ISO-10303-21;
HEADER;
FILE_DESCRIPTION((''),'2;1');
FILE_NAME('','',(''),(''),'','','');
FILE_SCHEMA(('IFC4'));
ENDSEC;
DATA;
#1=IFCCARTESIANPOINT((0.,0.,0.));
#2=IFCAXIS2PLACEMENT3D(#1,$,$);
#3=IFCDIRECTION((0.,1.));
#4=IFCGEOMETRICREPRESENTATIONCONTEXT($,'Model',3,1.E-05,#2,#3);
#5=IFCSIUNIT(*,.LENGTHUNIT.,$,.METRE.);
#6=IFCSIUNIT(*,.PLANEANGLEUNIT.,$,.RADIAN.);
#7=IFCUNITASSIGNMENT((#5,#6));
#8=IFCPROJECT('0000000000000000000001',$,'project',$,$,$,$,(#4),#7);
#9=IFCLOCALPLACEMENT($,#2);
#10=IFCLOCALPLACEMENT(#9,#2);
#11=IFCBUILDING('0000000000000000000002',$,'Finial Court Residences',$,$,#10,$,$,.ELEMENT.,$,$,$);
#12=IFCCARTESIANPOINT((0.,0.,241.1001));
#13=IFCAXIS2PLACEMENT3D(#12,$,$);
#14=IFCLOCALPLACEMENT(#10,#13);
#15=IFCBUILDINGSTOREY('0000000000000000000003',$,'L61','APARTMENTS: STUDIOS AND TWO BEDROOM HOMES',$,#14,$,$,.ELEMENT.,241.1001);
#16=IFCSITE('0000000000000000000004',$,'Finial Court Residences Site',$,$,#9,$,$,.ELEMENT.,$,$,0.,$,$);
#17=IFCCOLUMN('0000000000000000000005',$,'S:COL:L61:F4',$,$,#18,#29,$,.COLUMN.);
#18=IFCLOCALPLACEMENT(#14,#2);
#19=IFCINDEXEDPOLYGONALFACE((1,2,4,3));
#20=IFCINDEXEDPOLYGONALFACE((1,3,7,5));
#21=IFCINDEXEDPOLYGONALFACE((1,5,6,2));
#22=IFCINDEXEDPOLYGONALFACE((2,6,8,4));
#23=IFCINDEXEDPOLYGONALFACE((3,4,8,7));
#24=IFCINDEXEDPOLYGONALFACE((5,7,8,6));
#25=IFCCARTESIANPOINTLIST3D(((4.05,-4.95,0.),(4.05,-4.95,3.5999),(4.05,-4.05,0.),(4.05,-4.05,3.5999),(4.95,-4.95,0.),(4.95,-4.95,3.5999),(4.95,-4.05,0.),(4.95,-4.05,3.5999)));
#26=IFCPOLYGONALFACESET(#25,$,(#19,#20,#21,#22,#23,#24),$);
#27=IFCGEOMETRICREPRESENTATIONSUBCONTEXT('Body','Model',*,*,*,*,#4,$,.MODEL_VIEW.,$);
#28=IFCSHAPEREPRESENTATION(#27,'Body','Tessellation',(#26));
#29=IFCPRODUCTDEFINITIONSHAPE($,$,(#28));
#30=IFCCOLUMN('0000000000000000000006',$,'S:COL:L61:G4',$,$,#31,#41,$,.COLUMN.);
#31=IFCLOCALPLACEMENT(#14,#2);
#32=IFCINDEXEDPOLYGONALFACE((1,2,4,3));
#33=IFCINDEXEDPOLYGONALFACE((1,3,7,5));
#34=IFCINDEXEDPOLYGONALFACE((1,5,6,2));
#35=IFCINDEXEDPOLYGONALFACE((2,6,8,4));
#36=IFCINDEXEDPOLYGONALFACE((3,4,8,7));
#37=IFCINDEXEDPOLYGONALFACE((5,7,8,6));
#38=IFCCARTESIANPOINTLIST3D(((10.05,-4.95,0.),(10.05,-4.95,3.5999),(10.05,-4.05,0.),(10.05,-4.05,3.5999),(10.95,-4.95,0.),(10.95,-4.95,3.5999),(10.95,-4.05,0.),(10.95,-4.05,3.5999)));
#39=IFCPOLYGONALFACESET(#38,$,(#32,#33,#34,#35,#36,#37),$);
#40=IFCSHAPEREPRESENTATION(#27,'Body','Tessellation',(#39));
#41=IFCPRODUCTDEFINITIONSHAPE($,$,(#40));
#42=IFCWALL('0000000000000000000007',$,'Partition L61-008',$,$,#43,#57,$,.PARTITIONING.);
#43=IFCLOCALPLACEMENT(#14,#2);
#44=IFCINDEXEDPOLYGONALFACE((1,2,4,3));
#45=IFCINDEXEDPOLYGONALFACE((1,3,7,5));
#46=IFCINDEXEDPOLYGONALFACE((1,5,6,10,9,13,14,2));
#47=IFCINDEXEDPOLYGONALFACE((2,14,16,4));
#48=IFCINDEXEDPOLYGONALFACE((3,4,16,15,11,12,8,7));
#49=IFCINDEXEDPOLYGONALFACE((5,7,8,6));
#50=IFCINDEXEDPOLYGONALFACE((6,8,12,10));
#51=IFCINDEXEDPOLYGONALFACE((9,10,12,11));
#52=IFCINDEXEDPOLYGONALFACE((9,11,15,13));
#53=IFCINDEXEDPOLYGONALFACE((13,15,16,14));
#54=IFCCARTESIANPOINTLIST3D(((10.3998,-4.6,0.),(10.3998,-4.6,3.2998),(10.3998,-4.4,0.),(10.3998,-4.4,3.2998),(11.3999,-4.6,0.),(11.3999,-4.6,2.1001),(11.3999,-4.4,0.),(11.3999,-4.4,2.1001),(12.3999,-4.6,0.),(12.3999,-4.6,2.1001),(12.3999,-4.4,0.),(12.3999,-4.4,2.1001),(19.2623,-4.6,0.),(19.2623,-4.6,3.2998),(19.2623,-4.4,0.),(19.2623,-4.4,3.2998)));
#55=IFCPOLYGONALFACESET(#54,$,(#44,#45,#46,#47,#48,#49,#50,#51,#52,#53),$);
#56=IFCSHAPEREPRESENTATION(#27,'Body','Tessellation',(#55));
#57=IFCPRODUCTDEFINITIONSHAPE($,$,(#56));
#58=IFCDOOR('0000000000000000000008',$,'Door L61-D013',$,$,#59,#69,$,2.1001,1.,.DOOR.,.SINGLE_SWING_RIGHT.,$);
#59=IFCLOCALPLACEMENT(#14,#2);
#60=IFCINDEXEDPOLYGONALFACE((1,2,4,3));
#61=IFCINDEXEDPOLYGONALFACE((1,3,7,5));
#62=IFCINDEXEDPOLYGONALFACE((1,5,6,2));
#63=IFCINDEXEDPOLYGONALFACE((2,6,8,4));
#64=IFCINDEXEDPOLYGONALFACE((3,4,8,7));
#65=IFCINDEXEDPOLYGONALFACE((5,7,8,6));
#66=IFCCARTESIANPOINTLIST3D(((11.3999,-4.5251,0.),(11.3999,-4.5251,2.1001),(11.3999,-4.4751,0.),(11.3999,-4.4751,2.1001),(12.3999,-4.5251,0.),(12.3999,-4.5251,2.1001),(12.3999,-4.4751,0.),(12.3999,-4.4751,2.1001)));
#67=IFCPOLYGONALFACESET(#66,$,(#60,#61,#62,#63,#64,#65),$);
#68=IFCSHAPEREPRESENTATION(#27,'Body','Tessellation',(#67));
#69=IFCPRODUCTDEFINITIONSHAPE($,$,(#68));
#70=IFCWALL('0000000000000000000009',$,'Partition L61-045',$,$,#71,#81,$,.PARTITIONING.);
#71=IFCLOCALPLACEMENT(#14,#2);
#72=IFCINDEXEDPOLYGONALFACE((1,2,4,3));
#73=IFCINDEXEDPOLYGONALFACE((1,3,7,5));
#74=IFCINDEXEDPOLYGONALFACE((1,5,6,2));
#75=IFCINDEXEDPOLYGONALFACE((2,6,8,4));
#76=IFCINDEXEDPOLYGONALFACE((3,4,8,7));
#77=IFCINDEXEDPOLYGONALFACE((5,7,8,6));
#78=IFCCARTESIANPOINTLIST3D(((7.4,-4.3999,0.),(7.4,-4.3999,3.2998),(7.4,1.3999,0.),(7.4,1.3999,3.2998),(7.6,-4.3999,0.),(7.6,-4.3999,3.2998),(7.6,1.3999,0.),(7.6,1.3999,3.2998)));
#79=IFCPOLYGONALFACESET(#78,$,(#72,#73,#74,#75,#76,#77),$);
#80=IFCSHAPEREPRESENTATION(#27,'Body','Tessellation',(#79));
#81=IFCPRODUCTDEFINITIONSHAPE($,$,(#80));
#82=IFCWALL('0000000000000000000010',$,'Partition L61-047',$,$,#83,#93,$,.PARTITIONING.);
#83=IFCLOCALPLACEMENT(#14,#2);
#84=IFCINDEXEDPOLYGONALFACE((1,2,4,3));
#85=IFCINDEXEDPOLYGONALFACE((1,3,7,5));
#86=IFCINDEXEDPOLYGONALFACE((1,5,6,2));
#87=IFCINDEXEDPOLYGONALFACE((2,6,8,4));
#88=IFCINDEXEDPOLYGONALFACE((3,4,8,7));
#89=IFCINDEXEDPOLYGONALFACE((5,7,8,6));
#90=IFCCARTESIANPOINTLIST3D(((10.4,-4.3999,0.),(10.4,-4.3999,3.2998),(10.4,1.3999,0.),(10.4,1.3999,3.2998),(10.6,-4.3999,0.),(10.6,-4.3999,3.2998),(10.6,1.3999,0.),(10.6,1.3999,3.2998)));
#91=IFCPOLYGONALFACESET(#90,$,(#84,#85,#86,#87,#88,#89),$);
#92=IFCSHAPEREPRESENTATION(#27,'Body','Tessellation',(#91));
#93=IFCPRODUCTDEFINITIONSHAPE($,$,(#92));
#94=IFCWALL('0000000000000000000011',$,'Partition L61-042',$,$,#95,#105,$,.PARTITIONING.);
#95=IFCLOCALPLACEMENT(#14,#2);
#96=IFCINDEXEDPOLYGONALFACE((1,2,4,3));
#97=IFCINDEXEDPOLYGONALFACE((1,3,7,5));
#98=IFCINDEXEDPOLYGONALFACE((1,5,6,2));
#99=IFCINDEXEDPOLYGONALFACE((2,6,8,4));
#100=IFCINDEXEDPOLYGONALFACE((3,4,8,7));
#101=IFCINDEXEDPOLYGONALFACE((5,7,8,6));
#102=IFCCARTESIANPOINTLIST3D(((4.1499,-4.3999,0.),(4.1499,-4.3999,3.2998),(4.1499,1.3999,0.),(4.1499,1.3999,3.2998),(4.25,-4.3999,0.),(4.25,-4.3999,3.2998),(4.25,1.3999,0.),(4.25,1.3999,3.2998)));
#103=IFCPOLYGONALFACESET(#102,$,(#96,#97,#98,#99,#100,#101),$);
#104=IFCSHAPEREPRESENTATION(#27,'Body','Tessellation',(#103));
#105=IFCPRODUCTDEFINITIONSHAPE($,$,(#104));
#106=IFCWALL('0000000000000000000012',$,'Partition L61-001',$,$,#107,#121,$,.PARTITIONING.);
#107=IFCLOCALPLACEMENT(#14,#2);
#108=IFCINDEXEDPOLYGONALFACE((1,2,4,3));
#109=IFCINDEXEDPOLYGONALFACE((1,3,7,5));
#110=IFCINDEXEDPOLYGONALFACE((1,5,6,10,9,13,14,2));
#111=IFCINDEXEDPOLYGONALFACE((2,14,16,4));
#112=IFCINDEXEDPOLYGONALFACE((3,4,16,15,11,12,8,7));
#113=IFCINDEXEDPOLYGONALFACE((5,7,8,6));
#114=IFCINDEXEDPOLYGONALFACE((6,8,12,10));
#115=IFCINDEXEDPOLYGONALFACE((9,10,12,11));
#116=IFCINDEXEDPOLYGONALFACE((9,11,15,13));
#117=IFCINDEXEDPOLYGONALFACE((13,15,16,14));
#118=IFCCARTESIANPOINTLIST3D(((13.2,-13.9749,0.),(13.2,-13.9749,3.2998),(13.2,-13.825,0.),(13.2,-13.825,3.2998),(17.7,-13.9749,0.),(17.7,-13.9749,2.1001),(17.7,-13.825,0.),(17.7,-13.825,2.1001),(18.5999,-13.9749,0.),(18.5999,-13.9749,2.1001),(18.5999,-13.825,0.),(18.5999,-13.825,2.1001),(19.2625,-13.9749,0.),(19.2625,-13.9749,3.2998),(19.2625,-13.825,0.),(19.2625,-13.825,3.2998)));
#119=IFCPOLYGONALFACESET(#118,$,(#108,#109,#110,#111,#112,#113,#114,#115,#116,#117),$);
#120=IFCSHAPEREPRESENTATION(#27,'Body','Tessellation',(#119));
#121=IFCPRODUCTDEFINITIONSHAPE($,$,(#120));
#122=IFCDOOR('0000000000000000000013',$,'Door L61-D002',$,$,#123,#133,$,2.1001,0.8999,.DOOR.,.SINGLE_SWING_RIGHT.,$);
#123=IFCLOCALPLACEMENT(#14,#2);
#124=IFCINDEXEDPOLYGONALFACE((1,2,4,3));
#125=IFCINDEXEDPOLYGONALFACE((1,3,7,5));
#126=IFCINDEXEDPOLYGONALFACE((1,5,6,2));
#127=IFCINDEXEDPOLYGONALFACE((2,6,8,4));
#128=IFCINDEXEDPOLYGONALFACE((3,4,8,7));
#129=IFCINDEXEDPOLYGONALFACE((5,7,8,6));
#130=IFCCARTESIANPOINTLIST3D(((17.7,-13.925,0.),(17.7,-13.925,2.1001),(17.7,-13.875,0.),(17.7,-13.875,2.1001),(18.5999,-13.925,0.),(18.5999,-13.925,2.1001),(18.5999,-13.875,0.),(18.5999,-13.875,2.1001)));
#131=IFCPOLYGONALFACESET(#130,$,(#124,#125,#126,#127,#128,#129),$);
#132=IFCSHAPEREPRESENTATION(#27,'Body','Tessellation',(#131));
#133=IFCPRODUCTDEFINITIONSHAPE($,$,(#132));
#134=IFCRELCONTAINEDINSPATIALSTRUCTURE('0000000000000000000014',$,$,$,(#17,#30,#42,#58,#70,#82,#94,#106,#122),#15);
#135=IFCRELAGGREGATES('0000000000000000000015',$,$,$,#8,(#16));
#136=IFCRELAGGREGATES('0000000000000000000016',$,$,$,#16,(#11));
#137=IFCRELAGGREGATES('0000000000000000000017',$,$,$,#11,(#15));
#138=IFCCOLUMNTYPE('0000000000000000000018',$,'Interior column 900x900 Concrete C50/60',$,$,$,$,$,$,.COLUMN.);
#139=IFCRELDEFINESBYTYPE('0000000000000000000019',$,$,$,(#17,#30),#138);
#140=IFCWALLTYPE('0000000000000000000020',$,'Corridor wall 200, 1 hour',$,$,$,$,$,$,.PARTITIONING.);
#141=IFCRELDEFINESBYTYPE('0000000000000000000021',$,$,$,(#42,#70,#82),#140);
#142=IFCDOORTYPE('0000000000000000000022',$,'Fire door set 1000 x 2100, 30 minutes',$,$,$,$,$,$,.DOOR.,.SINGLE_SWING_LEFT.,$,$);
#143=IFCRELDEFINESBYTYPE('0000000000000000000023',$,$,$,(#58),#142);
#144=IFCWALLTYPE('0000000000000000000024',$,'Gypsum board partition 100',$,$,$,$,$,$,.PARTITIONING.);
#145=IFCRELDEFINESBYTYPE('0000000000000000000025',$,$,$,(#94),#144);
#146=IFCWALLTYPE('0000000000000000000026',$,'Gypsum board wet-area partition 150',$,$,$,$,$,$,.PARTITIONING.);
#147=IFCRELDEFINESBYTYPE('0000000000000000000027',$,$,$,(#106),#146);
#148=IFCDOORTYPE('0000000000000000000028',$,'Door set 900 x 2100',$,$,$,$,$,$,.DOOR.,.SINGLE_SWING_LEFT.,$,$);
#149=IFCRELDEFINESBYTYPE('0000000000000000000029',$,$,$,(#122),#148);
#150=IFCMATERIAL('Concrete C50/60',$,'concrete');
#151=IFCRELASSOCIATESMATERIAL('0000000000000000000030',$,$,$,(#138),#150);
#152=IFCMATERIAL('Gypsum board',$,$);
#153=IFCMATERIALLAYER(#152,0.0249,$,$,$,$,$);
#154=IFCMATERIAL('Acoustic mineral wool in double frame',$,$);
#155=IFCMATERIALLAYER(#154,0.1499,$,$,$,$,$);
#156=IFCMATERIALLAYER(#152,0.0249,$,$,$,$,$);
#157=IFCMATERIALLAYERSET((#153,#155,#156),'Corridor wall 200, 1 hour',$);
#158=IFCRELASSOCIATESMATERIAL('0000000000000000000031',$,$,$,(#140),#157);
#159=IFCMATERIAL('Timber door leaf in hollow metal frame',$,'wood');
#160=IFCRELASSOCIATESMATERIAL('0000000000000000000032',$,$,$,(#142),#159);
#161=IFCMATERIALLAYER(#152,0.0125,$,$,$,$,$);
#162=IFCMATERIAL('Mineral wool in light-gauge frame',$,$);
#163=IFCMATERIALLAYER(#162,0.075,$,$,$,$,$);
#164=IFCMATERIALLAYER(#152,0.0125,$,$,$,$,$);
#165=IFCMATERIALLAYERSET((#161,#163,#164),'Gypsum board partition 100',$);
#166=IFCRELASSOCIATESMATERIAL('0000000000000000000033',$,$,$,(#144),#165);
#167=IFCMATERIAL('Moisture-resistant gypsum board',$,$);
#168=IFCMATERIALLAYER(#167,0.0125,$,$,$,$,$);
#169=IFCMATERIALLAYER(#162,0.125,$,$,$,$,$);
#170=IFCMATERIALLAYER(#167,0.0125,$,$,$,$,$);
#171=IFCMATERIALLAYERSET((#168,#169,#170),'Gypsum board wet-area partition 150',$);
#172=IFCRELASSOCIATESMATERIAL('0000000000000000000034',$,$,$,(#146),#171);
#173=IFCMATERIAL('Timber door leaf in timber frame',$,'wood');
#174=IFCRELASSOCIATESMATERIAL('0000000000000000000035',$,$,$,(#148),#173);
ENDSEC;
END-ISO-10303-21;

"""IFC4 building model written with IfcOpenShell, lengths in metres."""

from ifc_helpers import new_model, si_unit, direction, frame, frame_2d, origin, origin_2d, place, context, subcontext, project, spatial, rectangle, extrude, material, layer, layer_set, material_profile, profile_set, type_object, element, fill, save


model = new_model("IFC4")

# Units and contexts
model_context = context("Model", 3, precision=1e-05, world=origin(), true_north=direction((0.0, 1.0)))
body_context = subcontext(model_context, "Body", "Model", "MODEL_VIEW")
ifc_project = project(units=[si_unit("LENGTHUNIT", "METRE"), si_unit("PLANEANGLEUNIT", "RADIAN")], contexts=[model_context])

# Site, building, storey
site_placement = place(None, origin())
site = spatial("IfcSite", under=ifc_project, at=site_placement, Name="Finial Court Residences Site", CompositionType="ELEMENT", RefElevation=0.0)
building_placement = place(site_placement, origin())
building = spatial("IfcBuilding", under=site, at=building_placement, Name="Finial Court Residences", CompositionType="ELEMENT")
storey_placement = place(building_placement, frame((0.0, 0.0, 241.1001)))
storey = spatial("IfcBuildingStorey", under=building, at=storey_placement, Name="L61", Description="APARTMENTS: STUDIOS AND TWO BEDROOM HOMES", CompositionType="ELEMENT", Elevation=241.1001)

# Columns
ifc_material_1 = material(Name="Concrete C50/60", Category="concrete")
ifc_material_profile = material_profile(ifc_material_1, rectangle(XDim=0.8999, YDim=0.8999, at=origin_2d()), Name="900x900")
ifc_profile_set = profile_set([ifc_material_profile], Name="Concrete C50/60")
column_type = type_object("IfcColumnType", Name="Interior column 900x900 Concrete C50/60", PredefinedType="COLUMN", material=ifc_profile_set)
for number, where, z_axis, x_axis, name in (
    (1, (4.5, -4.5, 0.0), (0.0, 0.0, 1.0), (1.0, 0.0, 0.0), "S:COL:L61:F4"),
    (2, (10.5, -4.5, 0.0), (0.0, 0.0, 1.0), (1.0, 0.0, 0.0), "S:COL:L61:G4"),
):
    element("IfcColumn", number, at=place(storey_placement, frame(where, z_axis=z_axis, x_axis=x_axis)), inside=storey, type_object=column_type, Name=name, PredefinedType="COLUMN", context=body_context, shape_type="SweptSolid", body=[
        extrude(rectangle(XDim=0.8999, YDim=0.8999, at=origin_2d()), origin(), (0.0, 0.0, 1.0), 3.5999),
    ])

# Wall, opening, door
ifc_material_2 = material(Name="Gypsum board")
ifc_layer_1 = layer(ifc_material_2, 0.0249)
ifc_material_3 = material(Name="Acoustic mineral wool in double frame")
ifc_layer_2 = layer(ifc_material_3, 0.1499)
ifc_layer_3 = layer(ifc_material_2, 0.0249)
ifc_layer_set_1 = layer_set([ifc_layer_1, ifc_layer_2, ifc_layer_3], Name="Corridor wall 200, 1 hour")
wall_type_1 = type_object("IfcWallType", Name="Corridor wall 200, 1 hour", PredefinedType="PARTITIONING", material=ifc_layer_set_1)
wall_1_placement = place(storey_placement, frame((10.3999, -4.5, 0.0), z_axis=(0.0, 0.0, 1.0), x_axis=(1.0, 0.0, 0.0)))
wall_1 = element("IfcWall", 3, at=wall_1_placement, inside=storey, type_object=wall_type_1, Name="Partition L61-008", PredefinedType="PARTITIONING", context=body_context, shape_type="SweptSolid", body=[
    extrude(rectangle(XDim=8.8625, YDim=0.2, at=frame_2d((4.4312, 0.0))), origin(), (0.0, 0.0, 1.0), 3.2998),
])
opening_1_placement = place(wall_1_placement, frame((1.0, 0.0, 0.0)))
opening_1 = element("IfcOpeningElement", 4, at=opening_1_placement, cuts=wall_1, PredefinedType="OPENING", context=body_context, shape_type="SweptSolid", body=[
    extrude(rectangle(XDim=1.0, YDim=2.1001, at=frame_2d((0.5, 1.05))), frame((0.0, 0.1099, 0.0), z_axis=(0.0, -1.0, 0.0), x_axis=(1.0, 0.0, 0.0)), (0.0, 0.0, 1.0), 0.22),
])
ifc_material_4 = material(Name="Timber door leaf in hollow metal frame", Category="wood")
door_type_1 = type_object("IfcDoorType", Name="Fire door set 1000 x 2100, 30 minutes", OperationType="SINGLE_SWING_LEFT", PredefinedType="DOOR", material=ifc_material_4)
door_1_placement = place(opening_1_placement, origin())
door_1 = element("IfcDoor", 5, at=door_1_placement, inside=storey, type_object=door_type_1, Name="Door L61-D013", OperationType="SINGLE_SWING_RIGHT", OverallHeight=2.1001, OverallWidth=1.0, PredefinedType="DOOR", context=body_context, shape_type="SweptSolid", body=[
    extrude(rectangle(XDim=1.0, YDim=2.1001, at=frame_2d((0.5, 1.05))), frame((0.0, 0.0249, 0.0), z_axis=(0.0, -1.0, 0.0), x_axis=(1.0, 0.0, 0.0)), (0.0, 0.0, 1.0), 0.05),
])
fill(opening_1, door_1)

# Walls
for number, where, z_axis, x_axis, name in (
    (6, (7.5, -4.3999, 0.0), (0.0, 0.0, 1.0), (0.0, 1.0, 0.0), "Partition L61-045"),
    (7, (10.5, -4.3999, 0.0), (0.0, 0.0, 1.0), (0.0, 1.0, 0.0), "Partition L61-047"),
):
    element("IfcWall", number, at=place(storey_placement, frame(where, z_axis=z_axis, x_axis=x_axis)), inside=storey, type_object=wall_type_1, Name=name, PredefinedType="PARTITIONING", context=body_context, shape_type="SweptSolid", body=[
        extrude(rectangle(XDim=5.7998, YDim=0.2, at=frame_2d((2.8999, 0.0))), origin(), (0.0, 0.0, 1.0), 3.2998),
    ])
ifc_layer_4 = layer(ifc_material_2, 0.0125)
ifc_material_5 = material(Name="Mineral wool in light-gauge frame")
ifc_layer_5 = layer(ifc_material_5, 0.075)
ifc_layer_6 = layer(ifc_material_2, 0.0125)
ifc_layer_set_2 = layer_set([ifc_layer_4, ifc_layer_5, ifc_layer_6], Name="Gypsum board partition 100")
wall_type_2 = type_object("IfcWallType", Name="Gypsum board partition 100", PredefinedType="PARTITIONING", material=ifc_layer_set_2)
wall_2_placement = place(storey_placement, frame((4.2, -4.3999, 0.0), z_axis=(0.0, 0.0, 1.0), x_axis=(0.0, 1.0, 0.0)))
element("IfcWall", 8, at=wall_2_placement, inside=storey, type_object=wall_type_2, Name="Partition L61-042", PredefinedType="PARTITIONING", context=body_context, shape_type="SweptSolid", body=[
    extrude(rectangle(XDim=5.7998, YDim=0.1001, at=frame_2d((2.8999, 0.0))), origin(), (0.0, 0.0, 1.0), 3.2998),
])

# Wall, opening, door
ifc_material_6 = material(Name="Moisture-resistant gypsum board")
ifc_layer_7 = layer(ifc_material_6, 0.0125)
ifc_layer_8 = layer(ifc_material_5, 0.125)
ifc_layer_9 = layer(ifc_material_6, 0.0125)
ifc_layer_set_3 = layer_set([ifc_layer_7, ifc_layer_8, ifc_layer_9], Name="Gypsum board wet-area partition 150")
wall_type_3 = type_object("IfcWallType", Name="Gypsum board wet-area partition 150", PredefinedType="PARTITIONING", material=ifc_layer_set_3)
wall_3_placement = place(storey_placement, frame((13.2, -13.8999, 0.0), z_axis=(0.0, 0.0, 1.0), x_axis=(1.0, 0.0, 0.0)))
wall_3 = element("IfcWall", 9, at=wall_3_placement, inside=storey, type_object=wall_type_3, Name="Partition L61-001", PredefinedType="PARTITIONING", context=body_context, shape_type="SweptSolid", body=[
    extrude(rectangle(XDim=6.0625, YDim=0.1499, at=frame_2d((3.0312, 0.0))), origin(), (0.0, 0.0, 1.0), 3.2998),
])
opening_2_placement = place(wall_3_placement, frame((4.5, 0.0, 0.0)))
opening_2 = element("IfcOpeningElement", 10, at=opening_2_placement, cuts=wall_3, PredefinedType="OPENING", context=body_context, shape_type="SweptSolid", body=[
    extrude(rectangle(XDim=0.8999, YDim=2.1001, at=frame_2d((0.45, 1.05))), frame((0.0, 0.085, 0.0), z_axis=(0.0, -1.0, 0.0), x_axis=(1.0, 0.0, 0.0)), (0.0, 0.0, 1.0), 0.1699),
])
ifc_material_7 = material(Name="Timber door leaf in timber frame", Category="wood")
door_type_2 = type_object("IfcDoorType", Name="Door set 900 x 2100", OperationType="SINGLE_SWING_LEFT", PredefinedType="DOOR", material=ifc_material_7)
door_2_placement = place(opening_2_placement, origin())
door_2 = element("IfcDoor", 11, at=door_2_placement, inside=storey, type_object=door_type_2, Name="Door L61-D002", OperationType="SINGLE_SWING_RIGHT", OverallHeight=2.1001, OverallWidth=0.8999, PredefinedType="DOOR", context=body_context, shape_type="SweptSolid", body=[
    extrude(rectangle(XDim=0.8999, YDim=2.1001, at=frame_2d((0.45, 1.05))), frame((0.0, 0.0249, 0.0), z_axis=(0.0, -1.0, 0.0), x_axis=(1.0, 0.0, 0.0)), (0.0, 0.0, 1.0), 0.05),
])
fill(opening_2, door_2)

save(model, "model.ifc")
